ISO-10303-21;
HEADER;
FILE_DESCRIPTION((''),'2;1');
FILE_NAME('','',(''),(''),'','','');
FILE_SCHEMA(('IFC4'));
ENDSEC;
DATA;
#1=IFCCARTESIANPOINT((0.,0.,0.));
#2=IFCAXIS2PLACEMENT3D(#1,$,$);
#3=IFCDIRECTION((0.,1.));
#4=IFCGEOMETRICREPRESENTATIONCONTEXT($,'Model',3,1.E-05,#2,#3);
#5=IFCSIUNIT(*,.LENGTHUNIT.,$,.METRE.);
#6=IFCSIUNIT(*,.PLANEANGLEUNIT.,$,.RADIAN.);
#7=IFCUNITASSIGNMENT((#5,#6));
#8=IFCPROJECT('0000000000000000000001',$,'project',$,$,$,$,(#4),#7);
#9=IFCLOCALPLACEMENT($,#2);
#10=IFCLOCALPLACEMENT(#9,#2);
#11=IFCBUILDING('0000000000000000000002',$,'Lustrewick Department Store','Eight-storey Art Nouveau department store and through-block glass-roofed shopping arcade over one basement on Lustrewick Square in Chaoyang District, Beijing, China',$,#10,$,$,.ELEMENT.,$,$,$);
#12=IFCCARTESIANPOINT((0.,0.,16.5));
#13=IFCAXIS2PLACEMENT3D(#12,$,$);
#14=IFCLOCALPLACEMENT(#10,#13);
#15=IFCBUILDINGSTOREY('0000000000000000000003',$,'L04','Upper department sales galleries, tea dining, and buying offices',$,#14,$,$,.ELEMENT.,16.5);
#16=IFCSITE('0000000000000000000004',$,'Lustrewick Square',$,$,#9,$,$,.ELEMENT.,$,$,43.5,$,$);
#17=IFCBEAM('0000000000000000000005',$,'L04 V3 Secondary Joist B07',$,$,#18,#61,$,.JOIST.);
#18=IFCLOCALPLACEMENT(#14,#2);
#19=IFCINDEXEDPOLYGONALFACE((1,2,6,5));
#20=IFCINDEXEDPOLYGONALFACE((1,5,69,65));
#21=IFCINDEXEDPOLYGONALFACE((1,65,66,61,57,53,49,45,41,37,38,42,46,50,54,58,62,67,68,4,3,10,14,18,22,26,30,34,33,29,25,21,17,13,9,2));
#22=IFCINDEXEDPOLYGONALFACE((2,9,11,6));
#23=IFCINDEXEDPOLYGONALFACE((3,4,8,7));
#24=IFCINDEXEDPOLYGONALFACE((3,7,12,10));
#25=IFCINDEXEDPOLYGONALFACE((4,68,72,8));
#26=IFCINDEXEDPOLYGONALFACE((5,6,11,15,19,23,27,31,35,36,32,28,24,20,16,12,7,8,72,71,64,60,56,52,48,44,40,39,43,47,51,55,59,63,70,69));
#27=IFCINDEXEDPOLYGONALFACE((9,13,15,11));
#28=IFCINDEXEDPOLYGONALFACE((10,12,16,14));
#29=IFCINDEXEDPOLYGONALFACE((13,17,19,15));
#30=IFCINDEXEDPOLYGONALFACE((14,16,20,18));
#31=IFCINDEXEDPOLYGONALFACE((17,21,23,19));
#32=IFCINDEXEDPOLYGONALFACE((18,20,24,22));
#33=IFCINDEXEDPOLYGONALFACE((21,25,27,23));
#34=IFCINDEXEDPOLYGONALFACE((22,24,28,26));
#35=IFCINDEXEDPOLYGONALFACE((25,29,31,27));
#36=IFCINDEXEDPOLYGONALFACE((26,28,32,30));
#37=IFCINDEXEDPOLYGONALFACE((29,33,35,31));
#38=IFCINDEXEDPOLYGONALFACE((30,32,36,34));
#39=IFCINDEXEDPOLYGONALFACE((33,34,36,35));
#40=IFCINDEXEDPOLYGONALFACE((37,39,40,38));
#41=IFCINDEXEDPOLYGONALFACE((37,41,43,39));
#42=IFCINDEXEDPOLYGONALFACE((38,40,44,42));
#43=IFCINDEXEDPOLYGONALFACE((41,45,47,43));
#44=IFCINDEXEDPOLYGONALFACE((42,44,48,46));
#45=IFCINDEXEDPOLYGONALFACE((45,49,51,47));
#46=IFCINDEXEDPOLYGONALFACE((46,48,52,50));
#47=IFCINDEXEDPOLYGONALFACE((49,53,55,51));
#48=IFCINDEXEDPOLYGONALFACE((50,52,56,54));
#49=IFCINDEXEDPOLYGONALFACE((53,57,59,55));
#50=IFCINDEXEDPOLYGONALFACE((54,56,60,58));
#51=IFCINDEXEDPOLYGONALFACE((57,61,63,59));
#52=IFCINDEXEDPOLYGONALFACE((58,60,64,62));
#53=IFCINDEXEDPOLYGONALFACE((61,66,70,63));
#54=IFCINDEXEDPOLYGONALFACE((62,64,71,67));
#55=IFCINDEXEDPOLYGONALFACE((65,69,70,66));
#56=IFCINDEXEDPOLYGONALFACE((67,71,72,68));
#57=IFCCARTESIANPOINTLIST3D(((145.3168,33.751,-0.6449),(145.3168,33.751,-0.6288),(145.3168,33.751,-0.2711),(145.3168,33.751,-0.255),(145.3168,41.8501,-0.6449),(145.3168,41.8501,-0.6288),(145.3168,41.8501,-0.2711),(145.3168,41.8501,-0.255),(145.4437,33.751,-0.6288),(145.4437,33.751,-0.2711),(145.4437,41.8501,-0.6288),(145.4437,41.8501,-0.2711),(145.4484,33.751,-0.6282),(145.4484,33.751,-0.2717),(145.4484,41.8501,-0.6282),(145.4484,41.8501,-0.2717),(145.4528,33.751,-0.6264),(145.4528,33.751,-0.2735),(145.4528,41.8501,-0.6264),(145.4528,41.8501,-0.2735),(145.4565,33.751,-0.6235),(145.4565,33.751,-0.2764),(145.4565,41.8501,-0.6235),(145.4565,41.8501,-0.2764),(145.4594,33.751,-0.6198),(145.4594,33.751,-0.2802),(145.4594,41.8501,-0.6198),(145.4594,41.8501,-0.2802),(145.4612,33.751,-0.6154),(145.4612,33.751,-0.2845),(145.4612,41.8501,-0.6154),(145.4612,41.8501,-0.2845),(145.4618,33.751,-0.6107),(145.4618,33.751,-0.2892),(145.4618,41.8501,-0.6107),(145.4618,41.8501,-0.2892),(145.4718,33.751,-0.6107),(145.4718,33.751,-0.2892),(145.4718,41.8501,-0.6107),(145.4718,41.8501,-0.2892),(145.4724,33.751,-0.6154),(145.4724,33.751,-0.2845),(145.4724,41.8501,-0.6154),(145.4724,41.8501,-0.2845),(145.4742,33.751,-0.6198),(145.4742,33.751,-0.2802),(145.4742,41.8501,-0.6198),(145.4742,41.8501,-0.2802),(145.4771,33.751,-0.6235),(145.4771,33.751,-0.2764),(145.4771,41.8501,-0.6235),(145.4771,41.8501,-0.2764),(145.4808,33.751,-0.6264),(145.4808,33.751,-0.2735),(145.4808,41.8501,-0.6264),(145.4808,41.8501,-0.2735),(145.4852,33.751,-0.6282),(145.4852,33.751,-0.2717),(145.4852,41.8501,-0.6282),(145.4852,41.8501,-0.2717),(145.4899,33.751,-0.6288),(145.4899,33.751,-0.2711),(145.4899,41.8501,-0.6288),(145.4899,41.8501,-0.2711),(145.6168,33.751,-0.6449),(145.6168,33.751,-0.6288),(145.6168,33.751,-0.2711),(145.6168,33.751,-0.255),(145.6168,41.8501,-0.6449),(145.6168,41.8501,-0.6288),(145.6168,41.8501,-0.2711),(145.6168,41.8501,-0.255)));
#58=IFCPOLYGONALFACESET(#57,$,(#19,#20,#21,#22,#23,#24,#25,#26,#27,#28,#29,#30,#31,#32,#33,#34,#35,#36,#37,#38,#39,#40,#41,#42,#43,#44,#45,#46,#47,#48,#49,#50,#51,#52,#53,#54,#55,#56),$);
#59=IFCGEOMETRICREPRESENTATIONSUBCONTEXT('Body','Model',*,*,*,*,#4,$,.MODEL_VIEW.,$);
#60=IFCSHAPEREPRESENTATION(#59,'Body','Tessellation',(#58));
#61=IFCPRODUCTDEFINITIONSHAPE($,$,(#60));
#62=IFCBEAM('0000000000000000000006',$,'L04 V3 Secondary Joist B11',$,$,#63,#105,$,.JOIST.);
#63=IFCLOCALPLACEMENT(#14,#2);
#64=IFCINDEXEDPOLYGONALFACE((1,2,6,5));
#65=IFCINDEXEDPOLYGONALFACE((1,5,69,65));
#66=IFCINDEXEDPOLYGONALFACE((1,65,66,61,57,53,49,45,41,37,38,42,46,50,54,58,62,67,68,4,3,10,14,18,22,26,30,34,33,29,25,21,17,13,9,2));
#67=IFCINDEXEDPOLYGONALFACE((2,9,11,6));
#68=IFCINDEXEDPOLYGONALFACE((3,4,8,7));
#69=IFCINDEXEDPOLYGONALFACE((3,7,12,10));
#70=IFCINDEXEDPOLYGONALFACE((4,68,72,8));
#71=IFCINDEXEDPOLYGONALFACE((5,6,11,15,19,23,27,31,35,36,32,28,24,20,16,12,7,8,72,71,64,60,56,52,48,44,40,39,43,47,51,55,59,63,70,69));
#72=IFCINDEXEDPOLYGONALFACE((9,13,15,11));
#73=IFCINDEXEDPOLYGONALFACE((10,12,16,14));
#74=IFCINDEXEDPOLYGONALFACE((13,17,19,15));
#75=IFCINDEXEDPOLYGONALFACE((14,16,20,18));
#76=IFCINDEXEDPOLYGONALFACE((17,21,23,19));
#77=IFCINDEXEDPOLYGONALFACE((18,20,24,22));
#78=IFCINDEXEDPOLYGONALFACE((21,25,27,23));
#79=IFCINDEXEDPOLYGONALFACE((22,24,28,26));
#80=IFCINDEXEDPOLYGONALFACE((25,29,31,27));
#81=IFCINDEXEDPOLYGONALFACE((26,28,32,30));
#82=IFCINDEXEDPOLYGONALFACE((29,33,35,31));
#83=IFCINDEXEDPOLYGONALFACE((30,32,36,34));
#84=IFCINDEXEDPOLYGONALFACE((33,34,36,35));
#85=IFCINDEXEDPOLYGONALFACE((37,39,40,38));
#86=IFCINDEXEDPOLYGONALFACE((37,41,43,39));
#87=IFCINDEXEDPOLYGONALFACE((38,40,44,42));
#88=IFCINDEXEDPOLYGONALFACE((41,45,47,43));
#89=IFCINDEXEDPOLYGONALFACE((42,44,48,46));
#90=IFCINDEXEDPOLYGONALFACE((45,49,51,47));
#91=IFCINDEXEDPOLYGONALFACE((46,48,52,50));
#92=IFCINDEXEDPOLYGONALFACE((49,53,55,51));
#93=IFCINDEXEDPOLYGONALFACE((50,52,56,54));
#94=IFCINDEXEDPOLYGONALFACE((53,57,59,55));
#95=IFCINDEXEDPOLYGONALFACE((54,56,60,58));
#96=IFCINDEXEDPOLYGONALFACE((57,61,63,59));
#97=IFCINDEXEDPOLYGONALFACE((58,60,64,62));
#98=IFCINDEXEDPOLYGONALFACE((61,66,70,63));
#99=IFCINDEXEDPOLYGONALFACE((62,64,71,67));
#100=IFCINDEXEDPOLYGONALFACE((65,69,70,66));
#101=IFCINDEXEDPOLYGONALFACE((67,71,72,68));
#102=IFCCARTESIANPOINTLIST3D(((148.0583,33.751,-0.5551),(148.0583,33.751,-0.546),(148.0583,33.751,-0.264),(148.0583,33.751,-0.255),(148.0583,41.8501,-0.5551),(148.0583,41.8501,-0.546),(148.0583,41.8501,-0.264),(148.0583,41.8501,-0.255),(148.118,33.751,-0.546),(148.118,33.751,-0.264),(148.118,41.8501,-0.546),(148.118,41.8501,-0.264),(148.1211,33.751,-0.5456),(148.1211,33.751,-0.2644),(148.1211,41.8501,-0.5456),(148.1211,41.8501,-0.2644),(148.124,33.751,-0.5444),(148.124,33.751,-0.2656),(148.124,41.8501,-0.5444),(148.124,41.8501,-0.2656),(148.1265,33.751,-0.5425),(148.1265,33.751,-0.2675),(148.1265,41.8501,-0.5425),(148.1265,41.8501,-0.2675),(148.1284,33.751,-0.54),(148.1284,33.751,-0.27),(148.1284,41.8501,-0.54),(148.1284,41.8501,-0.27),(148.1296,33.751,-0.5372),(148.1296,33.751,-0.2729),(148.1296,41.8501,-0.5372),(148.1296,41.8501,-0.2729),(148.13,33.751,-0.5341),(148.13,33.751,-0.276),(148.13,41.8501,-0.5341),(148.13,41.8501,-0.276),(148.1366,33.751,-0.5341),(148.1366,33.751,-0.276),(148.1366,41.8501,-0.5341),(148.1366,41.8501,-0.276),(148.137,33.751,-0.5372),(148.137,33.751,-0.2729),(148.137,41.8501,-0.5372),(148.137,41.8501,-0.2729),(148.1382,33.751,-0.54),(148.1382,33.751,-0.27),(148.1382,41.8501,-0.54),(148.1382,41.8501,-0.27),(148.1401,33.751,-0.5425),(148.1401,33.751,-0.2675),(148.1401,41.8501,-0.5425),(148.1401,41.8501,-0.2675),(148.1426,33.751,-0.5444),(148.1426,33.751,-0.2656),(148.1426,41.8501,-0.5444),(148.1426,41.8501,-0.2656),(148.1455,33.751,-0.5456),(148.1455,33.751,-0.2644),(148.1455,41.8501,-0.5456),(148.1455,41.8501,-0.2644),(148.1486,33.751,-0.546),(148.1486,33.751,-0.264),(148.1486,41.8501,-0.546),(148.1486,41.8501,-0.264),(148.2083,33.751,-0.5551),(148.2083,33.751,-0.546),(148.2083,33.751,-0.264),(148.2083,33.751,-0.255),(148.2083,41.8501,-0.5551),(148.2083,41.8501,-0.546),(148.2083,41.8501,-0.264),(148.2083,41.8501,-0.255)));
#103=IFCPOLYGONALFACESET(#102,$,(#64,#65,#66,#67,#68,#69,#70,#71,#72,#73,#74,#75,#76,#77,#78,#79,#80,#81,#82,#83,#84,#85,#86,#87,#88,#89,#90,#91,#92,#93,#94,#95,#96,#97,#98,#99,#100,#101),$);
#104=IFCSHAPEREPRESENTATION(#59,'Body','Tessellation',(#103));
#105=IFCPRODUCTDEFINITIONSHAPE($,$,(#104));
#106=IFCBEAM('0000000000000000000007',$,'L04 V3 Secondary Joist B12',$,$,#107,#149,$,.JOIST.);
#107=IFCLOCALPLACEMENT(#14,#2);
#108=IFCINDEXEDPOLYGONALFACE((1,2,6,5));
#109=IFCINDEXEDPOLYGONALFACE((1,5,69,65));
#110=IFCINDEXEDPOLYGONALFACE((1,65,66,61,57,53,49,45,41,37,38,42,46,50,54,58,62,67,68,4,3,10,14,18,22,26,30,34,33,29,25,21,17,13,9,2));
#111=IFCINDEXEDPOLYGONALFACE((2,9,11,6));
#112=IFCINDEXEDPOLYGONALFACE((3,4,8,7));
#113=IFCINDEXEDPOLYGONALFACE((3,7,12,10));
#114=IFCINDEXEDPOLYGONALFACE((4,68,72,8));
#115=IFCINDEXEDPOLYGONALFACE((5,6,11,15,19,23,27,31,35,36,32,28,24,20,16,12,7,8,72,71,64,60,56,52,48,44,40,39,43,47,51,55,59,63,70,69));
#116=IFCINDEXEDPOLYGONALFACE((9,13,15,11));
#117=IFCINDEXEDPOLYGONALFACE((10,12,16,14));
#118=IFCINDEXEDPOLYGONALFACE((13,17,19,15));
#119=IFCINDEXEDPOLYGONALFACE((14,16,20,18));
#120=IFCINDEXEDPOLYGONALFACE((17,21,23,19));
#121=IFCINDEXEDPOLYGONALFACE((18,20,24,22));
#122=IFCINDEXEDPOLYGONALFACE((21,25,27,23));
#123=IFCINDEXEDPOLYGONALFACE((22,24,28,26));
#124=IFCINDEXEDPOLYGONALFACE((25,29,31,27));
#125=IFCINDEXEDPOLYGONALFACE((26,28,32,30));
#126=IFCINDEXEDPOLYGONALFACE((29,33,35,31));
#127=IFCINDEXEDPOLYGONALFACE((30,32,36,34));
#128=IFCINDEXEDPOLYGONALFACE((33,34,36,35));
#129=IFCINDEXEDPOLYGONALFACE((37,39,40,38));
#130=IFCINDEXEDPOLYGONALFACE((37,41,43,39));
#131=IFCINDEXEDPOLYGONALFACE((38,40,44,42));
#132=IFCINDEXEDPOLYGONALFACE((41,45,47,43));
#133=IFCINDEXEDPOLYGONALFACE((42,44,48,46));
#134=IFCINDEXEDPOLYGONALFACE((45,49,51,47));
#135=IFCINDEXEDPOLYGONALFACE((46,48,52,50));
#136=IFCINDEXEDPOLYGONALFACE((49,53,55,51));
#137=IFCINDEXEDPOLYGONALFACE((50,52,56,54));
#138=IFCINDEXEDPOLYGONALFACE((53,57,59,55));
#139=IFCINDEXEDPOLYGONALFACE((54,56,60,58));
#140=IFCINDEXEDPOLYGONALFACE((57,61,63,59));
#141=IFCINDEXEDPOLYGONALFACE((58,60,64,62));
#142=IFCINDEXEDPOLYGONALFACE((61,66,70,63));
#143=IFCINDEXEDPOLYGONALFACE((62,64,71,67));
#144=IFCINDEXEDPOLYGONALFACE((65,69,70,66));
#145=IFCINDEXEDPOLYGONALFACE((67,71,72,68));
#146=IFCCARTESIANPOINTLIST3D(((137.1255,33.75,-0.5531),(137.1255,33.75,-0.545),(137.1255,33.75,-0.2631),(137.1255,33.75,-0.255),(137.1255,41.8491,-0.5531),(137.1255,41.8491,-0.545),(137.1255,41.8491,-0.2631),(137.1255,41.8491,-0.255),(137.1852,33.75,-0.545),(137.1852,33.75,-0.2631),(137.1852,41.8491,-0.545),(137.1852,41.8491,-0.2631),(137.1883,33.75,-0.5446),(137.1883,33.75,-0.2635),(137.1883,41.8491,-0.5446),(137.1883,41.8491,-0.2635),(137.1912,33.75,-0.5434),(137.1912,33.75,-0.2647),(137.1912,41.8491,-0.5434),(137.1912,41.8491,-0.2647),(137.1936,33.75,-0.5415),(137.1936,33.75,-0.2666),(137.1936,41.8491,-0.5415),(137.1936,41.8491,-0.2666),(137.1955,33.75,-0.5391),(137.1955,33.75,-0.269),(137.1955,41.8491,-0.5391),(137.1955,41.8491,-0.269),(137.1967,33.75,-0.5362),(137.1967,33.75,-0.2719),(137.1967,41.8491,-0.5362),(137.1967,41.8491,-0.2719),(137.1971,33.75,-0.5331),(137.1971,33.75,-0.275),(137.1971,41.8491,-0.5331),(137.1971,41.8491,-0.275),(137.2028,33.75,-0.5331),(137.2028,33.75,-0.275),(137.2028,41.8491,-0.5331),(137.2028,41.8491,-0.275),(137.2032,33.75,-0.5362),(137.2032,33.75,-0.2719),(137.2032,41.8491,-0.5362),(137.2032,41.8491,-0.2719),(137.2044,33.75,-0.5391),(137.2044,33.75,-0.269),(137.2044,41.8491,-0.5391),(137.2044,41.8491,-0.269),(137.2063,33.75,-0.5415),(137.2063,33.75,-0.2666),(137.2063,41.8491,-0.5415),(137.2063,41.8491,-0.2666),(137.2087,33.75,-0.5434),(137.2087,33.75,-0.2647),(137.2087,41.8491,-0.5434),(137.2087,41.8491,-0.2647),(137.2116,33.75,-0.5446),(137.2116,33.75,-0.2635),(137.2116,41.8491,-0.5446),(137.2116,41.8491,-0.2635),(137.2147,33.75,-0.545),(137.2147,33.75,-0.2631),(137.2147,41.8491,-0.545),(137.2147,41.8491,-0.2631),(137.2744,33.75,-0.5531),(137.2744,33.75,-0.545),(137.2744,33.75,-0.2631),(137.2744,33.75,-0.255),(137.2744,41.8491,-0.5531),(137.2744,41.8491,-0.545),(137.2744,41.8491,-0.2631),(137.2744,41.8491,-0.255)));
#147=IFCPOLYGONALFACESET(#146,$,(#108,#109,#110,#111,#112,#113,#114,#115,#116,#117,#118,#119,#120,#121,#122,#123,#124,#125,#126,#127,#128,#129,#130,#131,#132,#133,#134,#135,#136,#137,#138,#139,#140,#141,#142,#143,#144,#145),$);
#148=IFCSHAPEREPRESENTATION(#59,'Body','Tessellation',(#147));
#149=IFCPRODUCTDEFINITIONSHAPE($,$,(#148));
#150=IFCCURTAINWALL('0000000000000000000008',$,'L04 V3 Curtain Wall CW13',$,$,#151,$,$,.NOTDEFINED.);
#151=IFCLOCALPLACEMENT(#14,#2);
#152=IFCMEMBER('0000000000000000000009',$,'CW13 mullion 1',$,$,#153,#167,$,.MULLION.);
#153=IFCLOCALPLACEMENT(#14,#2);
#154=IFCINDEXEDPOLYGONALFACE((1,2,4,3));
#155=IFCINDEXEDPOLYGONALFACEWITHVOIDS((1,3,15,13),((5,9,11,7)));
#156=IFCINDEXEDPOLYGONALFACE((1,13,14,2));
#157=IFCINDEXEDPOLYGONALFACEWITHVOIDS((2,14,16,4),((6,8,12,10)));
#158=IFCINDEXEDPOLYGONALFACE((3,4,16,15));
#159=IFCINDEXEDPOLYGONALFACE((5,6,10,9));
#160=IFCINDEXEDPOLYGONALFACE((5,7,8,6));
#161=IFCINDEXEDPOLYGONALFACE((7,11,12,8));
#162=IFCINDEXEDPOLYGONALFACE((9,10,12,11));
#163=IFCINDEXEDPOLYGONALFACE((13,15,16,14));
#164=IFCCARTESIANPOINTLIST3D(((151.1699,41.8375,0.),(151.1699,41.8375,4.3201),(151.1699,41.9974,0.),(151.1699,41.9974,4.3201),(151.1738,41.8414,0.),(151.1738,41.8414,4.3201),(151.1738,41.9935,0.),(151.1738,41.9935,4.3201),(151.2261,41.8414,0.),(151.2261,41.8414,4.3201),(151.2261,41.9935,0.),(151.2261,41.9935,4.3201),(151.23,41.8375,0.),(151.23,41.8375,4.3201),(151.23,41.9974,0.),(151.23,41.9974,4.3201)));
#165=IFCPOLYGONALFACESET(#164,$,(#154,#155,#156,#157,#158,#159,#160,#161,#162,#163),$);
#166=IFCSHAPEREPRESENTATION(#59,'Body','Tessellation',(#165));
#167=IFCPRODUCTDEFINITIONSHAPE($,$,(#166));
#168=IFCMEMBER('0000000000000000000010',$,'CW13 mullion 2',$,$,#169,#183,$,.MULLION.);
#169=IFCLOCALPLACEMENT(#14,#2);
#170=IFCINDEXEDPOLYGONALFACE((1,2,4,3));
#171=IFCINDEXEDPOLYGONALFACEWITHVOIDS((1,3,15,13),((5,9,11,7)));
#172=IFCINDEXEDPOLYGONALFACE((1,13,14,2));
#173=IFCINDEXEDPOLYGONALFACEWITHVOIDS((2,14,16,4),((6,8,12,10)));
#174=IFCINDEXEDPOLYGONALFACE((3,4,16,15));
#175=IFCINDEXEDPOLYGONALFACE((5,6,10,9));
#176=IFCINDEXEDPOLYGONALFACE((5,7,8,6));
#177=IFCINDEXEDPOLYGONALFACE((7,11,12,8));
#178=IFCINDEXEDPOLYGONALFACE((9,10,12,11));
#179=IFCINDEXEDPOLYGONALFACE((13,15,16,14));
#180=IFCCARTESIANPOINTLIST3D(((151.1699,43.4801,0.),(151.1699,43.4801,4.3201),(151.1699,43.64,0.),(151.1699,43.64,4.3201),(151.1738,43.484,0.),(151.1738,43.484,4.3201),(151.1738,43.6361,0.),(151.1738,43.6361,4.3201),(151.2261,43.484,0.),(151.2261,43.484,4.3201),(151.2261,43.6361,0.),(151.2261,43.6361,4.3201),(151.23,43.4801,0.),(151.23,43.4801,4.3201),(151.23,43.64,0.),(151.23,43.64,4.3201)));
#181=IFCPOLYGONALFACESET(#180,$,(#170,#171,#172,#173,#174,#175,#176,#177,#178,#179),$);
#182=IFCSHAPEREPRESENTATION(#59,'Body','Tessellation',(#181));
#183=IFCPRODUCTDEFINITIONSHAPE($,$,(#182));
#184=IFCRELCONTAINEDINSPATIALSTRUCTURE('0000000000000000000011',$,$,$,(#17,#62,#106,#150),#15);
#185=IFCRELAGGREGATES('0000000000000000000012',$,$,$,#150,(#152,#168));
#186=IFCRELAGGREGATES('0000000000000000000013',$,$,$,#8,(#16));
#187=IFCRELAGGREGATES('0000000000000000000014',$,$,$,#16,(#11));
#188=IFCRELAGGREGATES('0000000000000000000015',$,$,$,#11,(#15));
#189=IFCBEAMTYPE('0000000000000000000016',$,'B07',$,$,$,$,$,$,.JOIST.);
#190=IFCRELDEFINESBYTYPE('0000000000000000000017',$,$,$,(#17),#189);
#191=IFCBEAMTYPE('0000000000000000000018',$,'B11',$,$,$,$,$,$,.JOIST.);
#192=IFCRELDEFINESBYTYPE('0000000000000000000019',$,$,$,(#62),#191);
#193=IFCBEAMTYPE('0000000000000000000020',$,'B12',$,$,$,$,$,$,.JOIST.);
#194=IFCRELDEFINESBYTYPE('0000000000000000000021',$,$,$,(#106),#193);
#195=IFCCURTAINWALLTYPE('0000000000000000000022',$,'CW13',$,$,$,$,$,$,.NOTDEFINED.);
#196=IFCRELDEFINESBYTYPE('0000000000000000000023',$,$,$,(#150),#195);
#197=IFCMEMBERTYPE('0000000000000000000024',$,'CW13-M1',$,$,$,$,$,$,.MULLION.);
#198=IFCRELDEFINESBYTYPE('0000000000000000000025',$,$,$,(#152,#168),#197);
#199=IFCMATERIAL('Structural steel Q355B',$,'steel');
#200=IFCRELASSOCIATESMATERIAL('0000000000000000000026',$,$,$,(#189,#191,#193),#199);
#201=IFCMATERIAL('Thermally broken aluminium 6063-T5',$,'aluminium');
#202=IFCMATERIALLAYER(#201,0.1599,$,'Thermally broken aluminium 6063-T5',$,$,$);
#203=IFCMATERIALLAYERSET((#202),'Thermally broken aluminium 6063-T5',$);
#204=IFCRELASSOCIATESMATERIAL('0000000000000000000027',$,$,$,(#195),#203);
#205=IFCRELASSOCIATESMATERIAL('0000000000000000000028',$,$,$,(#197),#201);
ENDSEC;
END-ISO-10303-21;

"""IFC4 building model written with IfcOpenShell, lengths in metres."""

from ifc_helpers import new_model, si_unit, direction, frame, origin, origin_2d, place, context, subcontext, project, spatial, hollow_rectangle, i_section, extrude, material, layer, layer_set, material_profile, profile_set, type_object, element, aggregate, save


model = new_model("IFC4")

# Units and contexts
model_context = context("Model", 3, precision=1e-05, world=origin(), true_north=direction((0.0, 1.0)))
body_context = subcontext(model_context, "Body", "Model", "MODEL_VIEW")
ifc_project = project(units=[si_unit("LENGTHUNIT", "METRE"), si_unit("PLANEANGLEUNIT", "RADIAN")], contexts=[model_context])

# Site, building, storey
site_placement = place(None, origin())
site = spatial("IfcSite", under=ifc_project, at=site_placement, Name="Lustrewick Square", CompositionType="ELEMENT", RefElevation=43.5)
building_placement = place(site_placement, origin())
building = spatial("IfcBuilding", under=site, at=building_placement, Name="Lustrewick Department Store", Description="Eight-storey Art Nouveau department store and through-block glass-roofed shopping arcade over one basement on Lustrewick Square in Chaoyang District, Beijing, China", CompositionType="ELEMENT")
storey_placement = place(building_placement, frame((0.0, 0.0, 16.5)))
storey = spatial("IfcBuildingStorey", under=building, at=storey_placement, Name="L04", Description="Upper department sales galleries, tea dining, and buying offices", CompositionType="ELEMENT", Elevation=16.5)

# Shared definitions
ifc_material_1 = material(Name="Structural steel Q355B", Category="steel")

# Beams
ifc_material_profile_1 = material_profile(ifc_material_1, i_section(OverallWidth=0.3, OverallDepth=0.3899, WebThickness=0.01, FlangeThickness=0.0161, FilletRadius=0.0181, at=origin_2d()), Name="HM 390x300x10x16")
ifc_profile_set_1 = profile_set([ifc_material_profile_1], Name="Structural steel Q355B")
beam_type_1 = type_object("IfcBeamType", Name="B07", PredefinedType="JOIST", material=ifc_profile_set_1)
beam_1_placement = place(storey_placement, frame((145.4668, 33.751, -0.45), z_axis=(0.0, 1.0, 0.0), x_axis=(-1.0, 0.0, 0.0)))
element("IfcBeam", 1, at=beam_1_placement, inside=storey, type_object=beam_type_1, Name="L04 V3 Secondary Joist B07", PredefinedType="JOIST", context=body_context, shape_type="SweptSolid", body=[
    extrude(i_section(OverallWidth=0.3, OverallDepth=0.3899, WebThickness=0.01, FlangeThickness=0.0161, FilletRadius=0.0181, at=origin_2d()), origin(), (0.0, 0.0, 1.0), 8.0991),
])
ifc_material_profile_2 = material_profile(ifc_material_1, i_section(OverallWidth=0.1499, OverallDepth=0.3, WebThickness=0.0066, FlangeThickness=0.009, FilletRadius=0.012, at=origin_2d()), Name="HN 300x150x6.5x9")
ifc_profile_set_2 = profile_set([ifc_material_profile_2], Name="Structural steel Q355B")
beam_type_2 = type_object("IfcBeamType", Name="B11", PredefinedType="JOIST", material=ifc_profile_set_2)
beam_2_placement = place(storey_placement, frame((148.1333, 33.751, -0.405), z_axis=(0.0, 1.0, 0.0), x_axis=(-1.0, 0.0, 0.0)))
element("IfcBeam", 2, at=beam_2_placement, inside=storey, type_object=beam_type_2, Name="L04 V3 Secondary Joist B11", PredefinedType="JOIST", context=body_context, shape_type="SweptSolid", body=[
    extrude(i_section(OverallWidth=0.1499, OverallDepth=0.3, WebThickness=0.0066, FlangeThickness=0.009, FilletRadius=0.012, at=origin_2d()), origin(), (0.0, 0.0, 1.0), 8.0991),
])
ifc_material_profile_3 = material_profile(ifc_material_1, i_section(OverallWidth=0.1489, OverallDepth=0.2981, WebThickness=0.0056, FlangeThickness=0.0081, FilletRadius=0.012, at=origin_2d()), Name="HN 298x149x5.5x8")
ifc_profile_set_3 = profile_set([ifc_material_profile_3], Name="Structural steel Q355B")
beam_type_3 = type_object("IfcBeamType", Name="B12", PredefinedType="JOIST", material=ifc_profile_set_3)
beam_3_placement = place(storey_placement, frame((137.2, 33.75, -0.4041), z_axis=(0.0, 1.0, 0.0), x_axis=(-1.0, 0.0, 0.0)))
element("IfcBeam", 3, at=beam_3_placement, inside=storey, type_object=beam_type_3, Name="L04 V3 Secondary Joist B12", PredefinedType="JOIST", context=body_context, shape_type="SweptSolid", body=[
    extrude(i_section(OverallWidth=0.1489, OverallDepth=0.2981, WebThickness=0.0056, FlangeThickness=0.0081, FilletRadius=0.012, at=origin_2d()), origin(), (0.0, 0.0, 1.0), 8.0991),
])

# Curtain wall, members
ifc_material_2 = material(Name="Thermally broken aluminium 6063-T5", Category="aluminium")
ifc_layer_1 = layer(ifc_material_2, 0.1599, Name="Thermally broken aluminium 6063-T5")
ifc_layer_set_1 = layer_set([ifc_layer_1], Name="Thermally broken aluminium 6063-T5")
curtain_wall_type = type_object("IfcCurtainWallType", Name="CW13", PredefinedType="NOTDEFINED", material=ifc_layer_set_1)
curtain_wall_placement = place(storey_placement, origin())
curtain_wall = element("IfcCurtainWall", 4, at=curtain_wall_placement, inside=storey, type_object=curtain_wall_type, Name="L04 V3 Curtain Wall CW13", PredefinedType="NOTDEFINED")
ifc_material_profile_4 = material_profile(ifc_material_2, hollow_rectangle(XDim=0.0601, YDim=0.1599, WallThickness=0.0039, at=origin_2d()), Name="ALU-M 60x160x4")
ifc_profile_set_4 = profile_set([ifc_material_profile_4], Name="Thermally broken aluminium 6063-T5")
member_type_1 = type_object("IfcMemberType", Name="CW13-M1", PredefinedType="MULLION", material=ifc_profile_set_4)
member_1_placement = place(storey_placement, frame((151.2, 41.9175, 0.0), z_axis=(0.0, 0.0, 1.0), x_axis=(-1.0, 0.0, 0.0)))
member_1 = element("IfcMember", 5, at=member_1_placement, type_object=member_type_1, Name="CW13 mullion 1", PredefinedType="MULLION", context=body_context, shape_type="SweptSolid", body=[
    extrude(hollow_rectangle(XDim=0.0601, YDim=0.1599, WallThickness=0.0039, at=origin_2d()), origin(), (0.0, 0.0, 1.0), 4.3201),
])
member_2_placement = place(storey_placement, frame((151.2, 43.5601, 0.0), z_axis=(0.0, 0.0, 1.0), x_axis=(-1.0, 0.0, 0.0)))
member_2 = element("IfcMember", 6, at=member_2_placement, type_object=member_type_1, Name="CW13 mullion 2", PredefinedType="MULLION", context=body_context, shape_type="SweptSolid", body=[
    extrude(hollow_rectangle(XDim=0.0601, YDim=0.1599, WallThickness=0.0039, at=origin_2d()), origin(), (0.0, 0.0, 1.0), 4.3201),
])

aggregate(curtain_wall, [member_1, member_2])

save(model, "model.ifc")
